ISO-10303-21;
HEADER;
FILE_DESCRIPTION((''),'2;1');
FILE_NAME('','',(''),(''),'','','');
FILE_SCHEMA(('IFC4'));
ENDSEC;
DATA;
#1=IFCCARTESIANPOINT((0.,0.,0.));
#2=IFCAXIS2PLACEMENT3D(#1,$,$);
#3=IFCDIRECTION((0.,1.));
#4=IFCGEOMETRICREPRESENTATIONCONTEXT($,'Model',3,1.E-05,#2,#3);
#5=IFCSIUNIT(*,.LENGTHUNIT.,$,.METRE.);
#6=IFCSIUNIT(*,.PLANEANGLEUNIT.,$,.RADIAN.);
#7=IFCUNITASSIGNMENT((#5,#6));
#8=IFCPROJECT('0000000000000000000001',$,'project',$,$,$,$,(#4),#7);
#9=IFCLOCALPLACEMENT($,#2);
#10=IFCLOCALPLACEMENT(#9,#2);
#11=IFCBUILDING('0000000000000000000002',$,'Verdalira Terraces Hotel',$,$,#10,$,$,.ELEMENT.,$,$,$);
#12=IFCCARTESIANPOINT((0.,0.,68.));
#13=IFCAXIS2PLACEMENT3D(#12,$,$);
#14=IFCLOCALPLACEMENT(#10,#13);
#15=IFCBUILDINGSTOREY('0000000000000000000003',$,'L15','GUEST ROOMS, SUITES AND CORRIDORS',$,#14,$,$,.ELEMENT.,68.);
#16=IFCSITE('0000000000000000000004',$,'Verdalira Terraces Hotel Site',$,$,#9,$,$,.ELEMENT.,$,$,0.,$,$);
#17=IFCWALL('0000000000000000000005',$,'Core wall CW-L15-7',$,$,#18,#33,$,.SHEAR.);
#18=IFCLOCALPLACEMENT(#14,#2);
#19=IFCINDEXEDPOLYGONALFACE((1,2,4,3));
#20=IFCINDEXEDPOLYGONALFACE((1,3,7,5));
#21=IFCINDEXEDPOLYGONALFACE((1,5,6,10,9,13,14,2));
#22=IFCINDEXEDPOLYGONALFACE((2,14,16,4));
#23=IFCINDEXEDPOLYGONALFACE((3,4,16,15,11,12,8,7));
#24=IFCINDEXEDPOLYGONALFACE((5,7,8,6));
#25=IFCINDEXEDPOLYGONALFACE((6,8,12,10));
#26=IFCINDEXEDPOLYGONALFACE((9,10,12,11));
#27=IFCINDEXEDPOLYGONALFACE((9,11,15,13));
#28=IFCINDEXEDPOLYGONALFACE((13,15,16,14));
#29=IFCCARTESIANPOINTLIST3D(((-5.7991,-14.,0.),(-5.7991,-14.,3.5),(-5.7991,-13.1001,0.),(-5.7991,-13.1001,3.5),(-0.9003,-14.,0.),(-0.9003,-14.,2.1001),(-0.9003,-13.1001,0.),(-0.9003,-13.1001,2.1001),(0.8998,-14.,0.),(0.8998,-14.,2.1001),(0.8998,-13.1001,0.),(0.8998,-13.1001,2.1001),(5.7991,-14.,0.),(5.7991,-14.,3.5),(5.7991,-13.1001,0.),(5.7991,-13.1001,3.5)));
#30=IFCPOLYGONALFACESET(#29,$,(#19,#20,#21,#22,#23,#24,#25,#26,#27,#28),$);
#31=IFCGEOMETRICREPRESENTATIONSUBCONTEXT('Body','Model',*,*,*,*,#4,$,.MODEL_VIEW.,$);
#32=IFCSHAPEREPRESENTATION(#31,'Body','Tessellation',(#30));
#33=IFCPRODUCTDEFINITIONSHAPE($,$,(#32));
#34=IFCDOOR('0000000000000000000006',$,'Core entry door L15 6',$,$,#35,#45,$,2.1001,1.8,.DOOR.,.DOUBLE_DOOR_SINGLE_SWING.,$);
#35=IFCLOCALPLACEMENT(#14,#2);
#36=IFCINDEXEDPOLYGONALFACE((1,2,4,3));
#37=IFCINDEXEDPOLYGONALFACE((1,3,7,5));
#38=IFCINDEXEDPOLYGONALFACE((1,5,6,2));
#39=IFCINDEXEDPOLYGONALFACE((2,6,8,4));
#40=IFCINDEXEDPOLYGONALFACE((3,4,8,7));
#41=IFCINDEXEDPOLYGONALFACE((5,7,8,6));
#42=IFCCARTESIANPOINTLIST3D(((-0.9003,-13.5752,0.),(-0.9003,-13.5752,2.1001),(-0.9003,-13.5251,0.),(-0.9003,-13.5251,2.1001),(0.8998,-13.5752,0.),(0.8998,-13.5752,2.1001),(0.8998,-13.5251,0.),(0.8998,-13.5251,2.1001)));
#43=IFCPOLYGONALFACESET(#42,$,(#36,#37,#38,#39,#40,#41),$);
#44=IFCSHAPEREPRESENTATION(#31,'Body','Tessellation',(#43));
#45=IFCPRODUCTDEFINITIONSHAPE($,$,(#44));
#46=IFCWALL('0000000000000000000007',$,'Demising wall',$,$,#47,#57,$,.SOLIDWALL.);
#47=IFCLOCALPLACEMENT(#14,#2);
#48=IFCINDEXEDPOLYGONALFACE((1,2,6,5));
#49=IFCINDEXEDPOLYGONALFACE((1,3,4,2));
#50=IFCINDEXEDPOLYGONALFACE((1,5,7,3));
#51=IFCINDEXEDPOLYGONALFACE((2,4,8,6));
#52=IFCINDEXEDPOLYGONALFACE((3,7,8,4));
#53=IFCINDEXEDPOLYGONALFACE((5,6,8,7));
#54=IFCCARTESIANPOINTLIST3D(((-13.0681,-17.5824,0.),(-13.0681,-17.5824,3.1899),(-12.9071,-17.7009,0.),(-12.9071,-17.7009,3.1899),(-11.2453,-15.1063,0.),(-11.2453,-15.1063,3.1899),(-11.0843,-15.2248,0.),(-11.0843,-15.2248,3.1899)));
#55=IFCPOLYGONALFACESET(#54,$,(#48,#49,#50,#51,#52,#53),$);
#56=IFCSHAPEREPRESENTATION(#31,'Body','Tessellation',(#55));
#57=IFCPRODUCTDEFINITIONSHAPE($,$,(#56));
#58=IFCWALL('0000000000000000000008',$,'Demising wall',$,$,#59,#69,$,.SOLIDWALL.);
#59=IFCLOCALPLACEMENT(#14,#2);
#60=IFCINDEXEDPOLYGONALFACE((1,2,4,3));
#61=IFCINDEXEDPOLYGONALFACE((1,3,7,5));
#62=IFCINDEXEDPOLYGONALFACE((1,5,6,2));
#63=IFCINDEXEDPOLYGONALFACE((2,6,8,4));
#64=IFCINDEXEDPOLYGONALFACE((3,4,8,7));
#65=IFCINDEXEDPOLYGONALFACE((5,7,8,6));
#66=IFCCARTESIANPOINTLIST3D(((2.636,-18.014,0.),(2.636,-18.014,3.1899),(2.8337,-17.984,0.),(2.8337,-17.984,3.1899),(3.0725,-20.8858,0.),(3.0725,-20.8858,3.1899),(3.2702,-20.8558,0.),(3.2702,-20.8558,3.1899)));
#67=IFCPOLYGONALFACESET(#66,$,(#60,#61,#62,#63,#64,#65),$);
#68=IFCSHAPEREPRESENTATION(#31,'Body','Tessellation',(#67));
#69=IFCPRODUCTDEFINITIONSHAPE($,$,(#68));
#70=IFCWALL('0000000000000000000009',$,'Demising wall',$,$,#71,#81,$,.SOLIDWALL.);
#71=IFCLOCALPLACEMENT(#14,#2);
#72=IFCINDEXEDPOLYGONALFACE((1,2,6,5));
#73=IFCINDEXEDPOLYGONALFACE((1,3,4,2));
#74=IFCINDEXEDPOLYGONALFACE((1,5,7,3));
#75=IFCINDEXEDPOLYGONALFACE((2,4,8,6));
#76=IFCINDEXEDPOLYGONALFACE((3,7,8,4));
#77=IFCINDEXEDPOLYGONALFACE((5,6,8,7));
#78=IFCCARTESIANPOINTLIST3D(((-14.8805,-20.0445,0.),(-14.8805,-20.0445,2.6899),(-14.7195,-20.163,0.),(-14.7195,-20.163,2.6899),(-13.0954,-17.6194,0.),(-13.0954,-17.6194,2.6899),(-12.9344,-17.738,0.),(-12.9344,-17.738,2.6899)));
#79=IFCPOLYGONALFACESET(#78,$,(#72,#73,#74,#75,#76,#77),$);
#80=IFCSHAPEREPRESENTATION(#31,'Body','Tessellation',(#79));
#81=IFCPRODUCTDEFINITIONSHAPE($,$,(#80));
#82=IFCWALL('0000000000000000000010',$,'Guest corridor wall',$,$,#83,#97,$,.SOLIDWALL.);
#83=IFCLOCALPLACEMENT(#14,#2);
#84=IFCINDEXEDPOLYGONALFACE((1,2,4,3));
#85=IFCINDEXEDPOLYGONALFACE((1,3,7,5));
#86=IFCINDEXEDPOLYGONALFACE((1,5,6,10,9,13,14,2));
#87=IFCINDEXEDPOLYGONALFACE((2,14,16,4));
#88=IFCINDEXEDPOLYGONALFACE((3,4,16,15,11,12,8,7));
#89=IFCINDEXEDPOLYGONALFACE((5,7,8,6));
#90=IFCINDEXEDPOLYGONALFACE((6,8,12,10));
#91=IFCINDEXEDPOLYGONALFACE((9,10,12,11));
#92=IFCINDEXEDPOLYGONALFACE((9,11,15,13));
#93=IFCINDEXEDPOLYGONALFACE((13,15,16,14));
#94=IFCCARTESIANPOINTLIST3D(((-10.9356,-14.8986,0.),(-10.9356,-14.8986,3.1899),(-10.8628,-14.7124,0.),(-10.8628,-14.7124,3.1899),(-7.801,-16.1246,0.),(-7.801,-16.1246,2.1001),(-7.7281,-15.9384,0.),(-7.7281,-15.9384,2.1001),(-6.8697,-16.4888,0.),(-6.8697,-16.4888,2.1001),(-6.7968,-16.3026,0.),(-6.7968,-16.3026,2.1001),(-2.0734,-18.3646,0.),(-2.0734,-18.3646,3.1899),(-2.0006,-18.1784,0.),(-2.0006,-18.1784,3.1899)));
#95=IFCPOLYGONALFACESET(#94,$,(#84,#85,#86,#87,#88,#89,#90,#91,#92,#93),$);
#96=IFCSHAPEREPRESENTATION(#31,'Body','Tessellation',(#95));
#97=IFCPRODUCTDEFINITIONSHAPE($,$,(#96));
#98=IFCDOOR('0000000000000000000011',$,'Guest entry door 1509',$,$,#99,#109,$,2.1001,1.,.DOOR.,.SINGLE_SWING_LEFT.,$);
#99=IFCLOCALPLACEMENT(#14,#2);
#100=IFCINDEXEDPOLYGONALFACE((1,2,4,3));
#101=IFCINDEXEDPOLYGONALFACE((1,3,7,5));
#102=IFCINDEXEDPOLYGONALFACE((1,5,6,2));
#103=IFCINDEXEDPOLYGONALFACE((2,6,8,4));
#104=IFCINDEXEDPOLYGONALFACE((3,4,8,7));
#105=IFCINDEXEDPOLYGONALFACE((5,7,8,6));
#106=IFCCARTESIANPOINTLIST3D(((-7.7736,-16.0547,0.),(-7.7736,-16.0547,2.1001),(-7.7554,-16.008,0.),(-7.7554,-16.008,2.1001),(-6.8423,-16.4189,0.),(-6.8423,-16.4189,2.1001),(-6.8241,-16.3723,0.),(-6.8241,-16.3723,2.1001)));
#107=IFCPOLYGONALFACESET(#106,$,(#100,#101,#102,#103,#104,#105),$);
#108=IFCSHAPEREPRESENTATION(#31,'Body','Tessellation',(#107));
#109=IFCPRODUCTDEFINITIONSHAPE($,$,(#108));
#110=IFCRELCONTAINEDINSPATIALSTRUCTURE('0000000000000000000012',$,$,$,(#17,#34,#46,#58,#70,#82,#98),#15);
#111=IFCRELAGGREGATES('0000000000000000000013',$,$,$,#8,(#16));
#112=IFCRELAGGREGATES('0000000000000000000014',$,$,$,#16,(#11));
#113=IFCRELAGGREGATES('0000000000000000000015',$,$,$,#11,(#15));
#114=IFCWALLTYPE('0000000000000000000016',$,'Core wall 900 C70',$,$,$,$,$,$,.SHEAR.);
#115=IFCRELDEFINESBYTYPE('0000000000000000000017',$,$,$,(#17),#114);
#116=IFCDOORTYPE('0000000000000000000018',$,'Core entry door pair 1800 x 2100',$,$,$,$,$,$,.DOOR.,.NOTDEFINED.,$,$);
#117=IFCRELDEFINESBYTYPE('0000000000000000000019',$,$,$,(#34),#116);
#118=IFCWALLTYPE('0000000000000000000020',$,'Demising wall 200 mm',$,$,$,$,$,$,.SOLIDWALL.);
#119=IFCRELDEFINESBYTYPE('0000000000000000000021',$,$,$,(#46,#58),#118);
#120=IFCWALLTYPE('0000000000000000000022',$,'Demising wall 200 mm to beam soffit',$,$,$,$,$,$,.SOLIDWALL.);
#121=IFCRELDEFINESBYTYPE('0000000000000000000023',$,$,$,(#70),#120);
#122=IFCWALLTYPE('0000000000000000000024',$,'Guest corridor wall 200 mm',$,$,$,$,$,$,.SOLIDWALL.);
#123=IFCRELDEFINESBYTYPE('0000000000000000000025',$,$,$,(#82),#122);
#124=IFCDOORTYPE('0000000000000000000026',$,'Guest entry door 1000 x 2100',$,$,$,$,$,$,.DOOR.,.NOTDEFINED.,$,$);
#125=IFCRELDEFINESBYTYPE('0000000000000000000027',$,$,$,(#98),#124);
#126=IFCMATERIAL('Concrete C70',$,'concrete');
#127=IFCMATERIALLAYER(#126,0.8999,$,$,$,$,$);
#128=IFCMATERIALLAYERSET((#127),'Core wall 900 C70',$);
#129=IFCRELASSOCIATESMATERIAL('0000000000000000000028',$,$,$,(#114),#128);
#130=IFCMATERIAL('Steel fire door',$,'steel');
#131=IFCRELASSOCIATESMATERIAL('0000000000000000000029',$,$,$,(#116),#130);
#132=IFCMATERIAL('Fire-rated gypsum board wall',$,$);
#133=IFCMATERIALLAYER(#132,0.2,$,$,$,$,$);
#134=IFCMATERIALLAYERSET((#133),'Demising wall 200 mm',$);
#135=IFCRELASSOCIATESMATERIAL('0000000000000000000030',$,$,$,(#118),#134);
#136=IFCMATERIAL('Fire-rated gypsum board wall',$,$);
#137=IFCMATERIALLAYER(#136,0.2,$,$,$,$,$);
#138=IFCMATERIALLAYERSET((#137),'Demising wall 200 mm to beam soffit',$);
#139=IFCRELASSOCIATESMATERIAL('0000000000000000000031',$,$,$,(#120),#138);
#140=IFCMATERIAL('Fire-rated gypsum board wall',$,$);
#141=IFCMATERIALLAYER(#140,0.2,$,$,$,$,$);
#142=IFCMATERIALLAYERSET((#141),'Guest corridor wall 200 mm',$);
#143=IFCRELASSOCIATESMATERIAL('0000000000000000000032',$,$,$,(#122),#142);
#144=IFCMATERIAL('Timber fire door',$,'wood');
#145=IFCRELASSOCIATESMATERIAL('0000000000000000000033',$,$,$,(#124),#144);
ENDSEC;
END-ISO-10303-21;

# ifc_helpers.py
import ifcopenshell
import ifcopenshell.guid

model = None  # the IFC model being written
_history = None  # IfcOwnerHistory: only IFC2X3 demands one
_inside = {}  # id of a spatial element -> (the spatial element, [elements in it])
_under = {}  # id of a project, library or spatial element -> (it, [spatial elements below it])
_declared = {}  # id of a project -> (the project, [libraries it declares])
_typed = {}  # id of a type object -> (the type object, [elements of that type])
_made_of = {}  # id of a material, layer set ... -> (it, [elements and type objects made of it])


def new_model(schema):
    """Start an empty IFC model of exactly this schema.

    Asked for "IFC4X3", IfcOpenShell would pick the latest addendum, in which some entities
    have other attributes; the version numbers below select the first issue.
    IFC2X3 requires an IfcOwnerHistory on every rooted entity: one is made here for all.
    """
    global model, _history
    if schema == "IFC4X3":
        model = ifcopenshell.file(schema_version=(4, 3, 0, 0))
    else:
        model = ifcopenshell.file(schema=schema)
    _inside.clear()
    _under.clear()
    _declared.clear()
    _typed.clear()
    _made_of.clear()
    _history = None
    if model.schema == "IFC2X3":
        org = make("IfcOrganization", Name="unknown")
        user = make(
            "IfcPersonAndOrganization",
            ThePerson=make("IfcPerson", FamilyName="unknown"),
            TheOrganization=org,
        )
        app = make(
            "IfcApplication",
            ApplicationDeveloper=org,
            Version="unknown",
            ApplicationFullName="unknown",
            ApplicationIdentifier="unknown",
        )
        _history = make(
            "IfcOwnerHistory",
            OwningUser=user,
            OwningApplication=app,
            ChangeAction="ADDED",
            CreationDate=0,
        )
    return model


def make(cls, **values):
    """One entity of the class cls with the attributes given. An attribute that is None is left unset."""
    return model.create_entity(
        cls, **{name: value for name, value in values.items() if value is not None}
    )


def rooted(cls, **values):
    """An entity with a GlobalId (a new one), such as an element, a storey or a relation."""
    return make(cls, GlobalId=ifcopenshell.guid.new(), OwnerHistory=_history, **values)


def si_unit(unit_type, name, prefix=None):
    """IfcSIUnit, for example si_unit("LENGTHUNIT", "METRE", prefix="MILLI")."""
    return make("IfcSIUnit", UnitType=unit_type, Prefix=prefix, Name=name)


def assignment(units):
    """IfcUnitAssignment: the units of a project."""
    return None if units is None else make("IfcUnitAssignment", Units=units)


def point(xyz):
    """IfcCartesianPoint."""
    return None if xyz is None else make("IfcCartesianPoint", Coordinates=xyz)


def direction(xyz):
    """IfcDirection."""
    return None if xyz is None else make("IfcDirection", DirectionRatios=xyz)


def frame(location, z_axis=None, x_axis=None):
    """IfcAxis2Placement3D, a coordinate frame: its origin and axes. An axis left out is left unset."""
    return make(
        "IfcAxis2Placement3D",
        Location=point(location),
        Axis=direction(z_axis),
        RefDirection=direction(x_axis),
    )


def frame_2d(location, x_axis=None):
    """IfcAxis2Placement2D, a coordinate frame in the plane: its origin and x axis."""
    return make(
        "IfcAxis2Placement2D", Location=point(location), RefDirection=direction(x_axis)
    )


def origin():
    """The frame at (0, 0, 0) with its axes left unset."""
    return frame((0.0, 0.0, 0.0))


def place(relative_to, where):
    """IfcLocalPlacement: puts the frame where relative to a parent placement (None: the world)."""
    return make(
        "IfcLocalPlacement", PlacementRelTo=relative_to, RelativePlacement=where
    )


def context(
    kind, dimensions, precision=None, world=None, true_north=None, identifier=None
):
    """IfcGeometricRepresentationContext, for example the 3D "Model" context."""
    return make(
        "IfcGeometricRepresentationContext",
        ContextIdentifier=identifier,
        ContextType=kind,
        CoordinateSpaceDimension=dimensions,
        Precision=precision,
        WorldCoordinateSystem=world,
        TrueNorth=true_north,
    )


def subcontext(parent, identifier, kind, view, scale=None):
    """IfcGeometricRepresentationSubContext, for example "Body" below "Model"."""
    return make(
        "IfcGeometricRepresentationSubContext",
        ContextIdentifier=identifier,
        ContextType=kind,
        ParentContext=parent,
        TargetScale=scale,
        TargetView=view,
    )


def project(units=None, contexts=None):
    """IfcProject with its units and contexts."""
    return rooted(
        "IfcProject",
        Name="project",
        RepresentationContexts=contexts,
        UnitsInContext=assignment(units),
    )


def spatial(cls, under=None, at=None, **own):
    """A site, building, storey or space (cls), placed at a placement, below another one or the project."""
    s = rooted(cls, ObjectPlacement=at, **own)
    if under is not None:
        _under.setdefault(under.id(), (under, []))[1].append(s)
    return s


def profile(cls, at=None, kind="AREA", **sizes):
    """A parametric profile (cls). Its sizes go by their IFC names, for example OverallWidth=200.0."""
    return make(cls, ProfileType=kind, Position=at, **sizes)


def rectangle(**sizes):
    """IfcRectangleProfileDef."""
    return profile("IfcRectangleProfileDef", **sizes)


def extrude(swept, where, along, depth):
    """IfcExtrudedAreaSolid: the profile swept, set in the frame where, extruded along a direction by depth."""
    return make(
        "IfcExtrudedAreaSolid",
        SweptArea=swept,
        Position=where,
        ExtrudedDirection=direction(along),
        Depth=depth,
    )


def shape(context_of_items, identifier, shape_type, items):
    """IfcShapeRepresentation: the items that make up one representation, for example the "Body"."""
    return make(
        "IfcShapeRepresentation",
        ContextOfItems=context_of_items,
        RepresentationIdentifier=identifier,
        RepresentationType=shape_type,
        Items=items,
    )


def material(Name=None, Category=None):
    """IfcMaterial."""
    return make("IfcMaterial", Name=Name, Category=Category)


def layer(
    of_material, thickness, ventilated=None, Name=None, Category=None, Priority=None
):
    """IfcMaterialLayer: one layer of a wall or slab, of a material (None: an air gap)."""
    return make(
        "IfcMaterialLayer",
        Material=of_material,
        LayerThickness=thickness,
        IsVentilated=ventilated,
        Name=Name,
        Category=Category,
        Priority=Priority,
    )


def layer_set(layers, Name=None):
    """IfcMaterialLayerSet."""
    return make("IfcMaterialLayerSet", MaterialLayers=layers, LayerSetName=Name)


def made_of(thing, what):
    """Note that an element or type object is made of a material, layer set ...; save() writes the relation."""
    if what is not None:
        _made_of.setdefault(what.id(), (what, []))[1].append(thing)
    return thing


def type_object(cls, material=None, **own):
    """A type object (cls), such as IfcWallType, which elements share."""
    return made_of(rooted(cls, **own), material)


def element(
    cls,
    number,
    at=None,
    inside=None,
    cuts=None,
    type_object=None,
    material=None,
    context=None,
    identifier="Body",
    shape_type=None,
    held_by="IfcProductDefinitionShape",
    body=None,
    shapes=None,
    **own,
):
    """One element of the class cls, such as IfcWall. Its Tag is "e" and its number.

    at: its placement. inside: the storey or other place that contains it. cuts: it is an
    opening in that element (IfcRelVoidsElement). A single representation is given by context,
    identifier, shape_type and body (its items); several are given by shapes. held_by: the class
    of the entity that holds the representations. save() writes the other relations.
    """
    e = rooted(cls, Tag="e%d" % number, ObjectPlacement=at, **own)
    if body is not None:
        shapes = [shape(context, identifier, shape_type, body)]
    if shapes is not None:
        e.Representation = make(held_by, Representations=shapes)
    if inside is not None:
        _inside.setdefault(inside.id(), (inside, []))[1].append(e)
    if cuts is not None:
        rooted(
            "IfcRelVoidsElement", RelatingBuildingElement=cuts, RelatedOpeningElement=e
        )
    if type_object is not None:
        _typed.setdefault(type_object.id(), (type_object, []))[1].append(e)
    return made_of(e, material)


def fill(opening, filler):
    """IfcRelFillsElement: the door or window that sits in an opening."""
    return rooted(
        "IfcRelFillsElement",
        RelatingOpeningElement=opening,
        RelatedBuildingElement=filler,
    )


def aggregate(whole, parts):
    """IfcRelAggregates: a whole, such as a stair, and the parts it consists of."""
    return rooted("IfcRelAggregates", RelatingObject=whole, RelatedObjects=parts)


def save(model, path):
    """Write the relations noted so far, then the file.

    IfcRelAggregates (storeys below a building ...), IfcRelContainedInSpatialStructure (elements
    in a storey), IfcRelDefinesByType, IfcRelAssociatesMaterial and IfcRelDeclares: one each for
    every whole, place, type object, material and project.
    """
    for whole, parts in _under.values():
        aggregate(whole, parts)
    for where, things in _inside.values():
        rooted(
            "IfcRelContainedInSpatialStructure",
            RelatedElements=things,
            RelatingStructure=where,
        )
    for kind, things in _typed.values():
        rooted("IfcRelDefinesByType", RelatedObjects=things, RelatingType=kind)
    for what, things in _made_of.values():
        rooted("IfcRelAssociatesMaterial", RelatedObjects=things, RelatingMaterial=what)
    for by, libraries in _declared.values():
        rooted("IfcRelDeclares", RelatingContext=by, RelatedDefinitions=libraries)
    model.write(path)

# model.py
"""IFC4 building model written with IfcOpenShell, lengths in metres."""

from ifc_helpers import new_model, si_unit, direction, frame, frame_2d, origin, place, context, subcontext, project, spatial, rectangle, extrude, material, layer, layer_set, type_object, element, fill, save


model = new_model("IFC4")

# Units and contexts
model_context = context("Model", 3, precision=1e-05, world=origin(), true_north=direction((0.0, 1.0)))
body_context = subcontext(model_context, "Body", "Model", "MODEL_VIEW")
ifc_project = project(units=[si_unit("LENGTHUNIT", "METRE"), si_unit("PLANEANGLEUNIT", "RADIAN")], contexts=[model_context])

# Site, building, storey
site_placement = place(None, origin())
site = spatial("IfcSite", under=ifc_project, at=site_placement, Name="Verdalira Terraces Hotel Site", CompositionType="ELEMENT", RefElevation=0.0)
building_placement = place(site_placement, origin())
building = spatial("IfcBuilding", under=site, at=building_placement, Name="Verdalira Terraces Hotel", CompositionType="ELEMENT")
storey_placement = place(building_placement, frame((0.0, 0.0, 68.0)))
storey = spatial("IfcBuildingStorey", under=building, at=storey_placement, Name="L15", Description="GUEST ROOMS, SUITES AND CORRIDORS", CompositionType="ELEMENT", Elevation=68.0)

# Wall, opening, door
ifc_material_1 = material(Name="Concrete C70", Category="concrete")
ifc_layer_1 = layer(ifc_material_1, 0.8999)
ifc_layer_set_1 = layer_set([ifc_layer_1], Name="Core wall 900 C70")
wall_type_1 = type_object("IfcWallType", Name="Core wall 900 C70", PredefinedType="SHEAR", material=ifc_layer_set_1)
wall_1_placement = place(storey_placement, frame((-5.7991, -13.55, 0.0), z_axis=(0.0, 0.0, 1.0), x_axis=(1.0, 0.0, 0.0)))
wall_1 = element("IfcWall", 1, at=wall_1_placement, inside=storey, type_object=wall_type_1, Name="Core wall CW-L15-7", PredefinedType="SHEAR", context=body_context, shape_type="SweptSolid", body=[
    extrude(rectangle(XDim=11.5981, YDim=0.8999, at=frame_2d((5.7991, 0.0))), origin(), (0.0, 0.0, 1.0), 3.5),
])
opening_1_placement = place(wall_1_placement, frame((4.8989, 0.0, 0.0)))
opening_1 = element("IfcOpeningElement", 2, at=opening_1_placement, cuts=wall_1, PredefinedType="OPENING", context=body_context, shape_type="SweptSolid", body=[
    extrude(rectangle(XDim=1.8, YDim=2.1001, at=frame_2d((0.8999, 1.05))), frame((0.0, 0.46, 0.0), z_axis=(0.0, -1.0, 0.0), x_axis=(1.0, 0.0, 0.0)), (0.0, 0.0, 1.0), 0.9199),
])
ifc_material_2 = material(Name="Steel fire door", Category="steel")
door_type_1 = type_object("IfcDoorType", Name="Core entry door pair 1800 x 2100", OperationType="NOTDEFINED", PredefinedType="DOOR", material=ifc_material_2)
door_1_placement = place(opening_1_placement, origin())
door_1 = element("IfcDoor", 3, at=door_1_placement, inside=storey, type_object=door_type_1, Name="Core entry door L15 6", OperationType="DOUBLE_DOOR_SINGLE_SWING", OverallHeight=2.1001, OverallWidth=1.8, PredefinedType="DOOR", context=body_context, shape_type="SweptSolid", body=[
    extrude(rectangle(XDim=1.8, YDim=2.1001, at=frame_2d((0.8999, 1.05))), frame((0.0, 0.0249, 0.0), z_axis=(0.0, -1.0, 0.0), x_axis=(1.0, 0.0, 0.0)), (0.0, 0.0, 1.0), 0.05),
])
fill(opening_1, door_1)

# Walls
ifc_material_3 = material(Name="Fire-rated gypsum board wall")
ifc_layer_2 = layer(ifc_material_3, 0.2)
ifc_layer_set_2 = layer_set([ifc_layer_2], Name="Demising wall 200 mm")
wall_type_2 = type_object("IfcWallType", Name="Demising wall 200 mm", PredefinedType="SOLIDWALL", material=ifc_layer_set_2)
wall_2_placement = place(storey_placement, frame((-11.1648, -15.1655, 0.0), z_axis=(0.0, 0.0, 1.0), x_axis=(-0.592836, -0.805323, 0.0)))
element("IfcWall", 4, at=wall_2_placement, inside=storey, type_object=wall_type_2, Name="Demising wall", PredefinedType="SOLIDWALL", context=body_context, shape_type="SweptSolid", body=[
    extrude(rectangle(XDim=3.0747, YDim=0.2, at=frame_2d((1.5374, 0.0))), origin(), (0.0, 0.0, 1.0), 3.1899),
])
wall_3_placement = place(storey_placement, frame((2.7349, -17.999, 0.0), z_axis=(0.0, 0.0, 1.0), x_axis=(0.150276, -0.988644, 0.0)))
element("IfcWall", 5, at=wall_3_placement, inside=storey, type_object=wall_type_2, Name="Demising wall", PredefinedType="SOLIDWALL", context=body_context, shape_type="SweptSolid", body=[
    extrude(rectangle(XDim=2.9048, YDim=0.2, at=frame_2d((1.4524, 0.0))), origin(), (0.0, 0.0, 1.0), 3.1899),
])
ifc_material_4 = material(Name="Fire-rated gypsum board wall")
ifc_layer_3 = layer(ifc_material_4, 0.2)
ifc_layer_set_3 = layer_set([ifc_layer_3], Name="Demising wall 200 mm to beam soffit")
wall_type_3 = type_object("IfcWallType", Name="Demising wall 200 mm to beam soffit", PredefinedType="SOLIDWALL", material=ifc_layer_set_3)
wall_4_placement = place(storey_placement, frame((-13.0149, -17.6787, 0.0), z_axis=(0.0, 0.0, 1.0), x_axis=(-0.592828, -0.805329, 0.0)))
element("IfcWall", 6, at=wall_4_placement, inside=storey, type_object=wall_type_3, Name="Demising wall", PredefinedType="SOLIDWALL", context=body_context, shape_type="SweptSolid", body=[
    extrude(rectangle(XDim=3.0112, YDim=0.2, at=frame_2d((1.5056, 0.0))), origin(), (0.0, 0.0, 1.0), 2.6899),
])

# Wall, opening, door
ifc_material_5 = material(Name="Fire-rated gypsum board wall")
ifc_layer_4 = layer(ifc_material_5, 0.2)
ifc_layer_set_4 = layer_set([ifc_layer_4], Name="Guest corridor wall 200 mm")
wall_type_4 = type_object("IfcWallType", Name="Guest corridor wall 200 mm", PredefinedType="SOLIDWALL", material=ifc_layer_set_4)
wall_5_placement = place(storey_placement, frame((-2.0371, -18.2715, 0.0), z_axis=(0.0, 0.0, 1.0), x_axis=(-0.931307, 0.364236, 0.0)))
wall_5 = element("IfcWall", 7, at=wall_5_placement, inside=storey, type_object=wall_type_4, Name="Guest corridor wall", PredefinedType="SOLIDWALL", context=body_context, shape_type="SweptSolid", body=[
    extrude(rectangle(XDim=9.5159, YDim=0.2, at=frame_2d((4.7578, 0.0))), origin(), (0.0, 0.0, 1.0), 3.1899),
])
opening_2_placement = place(wall_5_placement, frame((5.1499, 0.0, 0.0)))
opening_2 = element("IfcOpeningElement", 8, at=opening_2_placement, cuts=wall_5, PredefinedType="OPENING", context=body_context, shape_type="SweptSolid", body=[
    extrude(rectangle(XDim=1.0, YDim=2.1001, at=frame_2d((0.5, 1.05))), frame((0.0, 0.1099, 0.0), z_axis=(0.0, -1.0, 0.0), x_axis=(1.0, 0.0, 0.0)), (0.0, 0.0, 1.0), 0.22),
])
ifc_material_6 = material(Name="Timber fire door", Category="wood")
door_type_2 = type_object("IfcDoorType", Name="Guest entry door 1000 x 2100", OperationType="NOTDEFINED", PredefinedType="DOOR", material=ifc_material_6)
door_2_placement = place(opening_2_placement, origin())
door_2 = element("IfcDoor", 9, at=door_2_placement, inside=storey, type_object=door_type_2, Name="Guest entry door 1509", OperationType="SINGLE_SWING_LEFT", OverallHeight=2.1001, OverallWidth=1.0, PredefinedType="DOOR", context=body_context, shape_type="SweptSolid", body=[
    extrude(rectangle(XDim=1.0, YDim=2.1001, at=frame_2d((0.5, 1.05))), frame((0.0, 0.0249, 0.0), z_axis=(0.0, -1.0, 0.0), x_axis=(1.0, 0.0, 0.0)), (0.0, 0.0, 1.0), 0.05),
])
fill(opening_2, door_2)

save(model, "model.ifc")
